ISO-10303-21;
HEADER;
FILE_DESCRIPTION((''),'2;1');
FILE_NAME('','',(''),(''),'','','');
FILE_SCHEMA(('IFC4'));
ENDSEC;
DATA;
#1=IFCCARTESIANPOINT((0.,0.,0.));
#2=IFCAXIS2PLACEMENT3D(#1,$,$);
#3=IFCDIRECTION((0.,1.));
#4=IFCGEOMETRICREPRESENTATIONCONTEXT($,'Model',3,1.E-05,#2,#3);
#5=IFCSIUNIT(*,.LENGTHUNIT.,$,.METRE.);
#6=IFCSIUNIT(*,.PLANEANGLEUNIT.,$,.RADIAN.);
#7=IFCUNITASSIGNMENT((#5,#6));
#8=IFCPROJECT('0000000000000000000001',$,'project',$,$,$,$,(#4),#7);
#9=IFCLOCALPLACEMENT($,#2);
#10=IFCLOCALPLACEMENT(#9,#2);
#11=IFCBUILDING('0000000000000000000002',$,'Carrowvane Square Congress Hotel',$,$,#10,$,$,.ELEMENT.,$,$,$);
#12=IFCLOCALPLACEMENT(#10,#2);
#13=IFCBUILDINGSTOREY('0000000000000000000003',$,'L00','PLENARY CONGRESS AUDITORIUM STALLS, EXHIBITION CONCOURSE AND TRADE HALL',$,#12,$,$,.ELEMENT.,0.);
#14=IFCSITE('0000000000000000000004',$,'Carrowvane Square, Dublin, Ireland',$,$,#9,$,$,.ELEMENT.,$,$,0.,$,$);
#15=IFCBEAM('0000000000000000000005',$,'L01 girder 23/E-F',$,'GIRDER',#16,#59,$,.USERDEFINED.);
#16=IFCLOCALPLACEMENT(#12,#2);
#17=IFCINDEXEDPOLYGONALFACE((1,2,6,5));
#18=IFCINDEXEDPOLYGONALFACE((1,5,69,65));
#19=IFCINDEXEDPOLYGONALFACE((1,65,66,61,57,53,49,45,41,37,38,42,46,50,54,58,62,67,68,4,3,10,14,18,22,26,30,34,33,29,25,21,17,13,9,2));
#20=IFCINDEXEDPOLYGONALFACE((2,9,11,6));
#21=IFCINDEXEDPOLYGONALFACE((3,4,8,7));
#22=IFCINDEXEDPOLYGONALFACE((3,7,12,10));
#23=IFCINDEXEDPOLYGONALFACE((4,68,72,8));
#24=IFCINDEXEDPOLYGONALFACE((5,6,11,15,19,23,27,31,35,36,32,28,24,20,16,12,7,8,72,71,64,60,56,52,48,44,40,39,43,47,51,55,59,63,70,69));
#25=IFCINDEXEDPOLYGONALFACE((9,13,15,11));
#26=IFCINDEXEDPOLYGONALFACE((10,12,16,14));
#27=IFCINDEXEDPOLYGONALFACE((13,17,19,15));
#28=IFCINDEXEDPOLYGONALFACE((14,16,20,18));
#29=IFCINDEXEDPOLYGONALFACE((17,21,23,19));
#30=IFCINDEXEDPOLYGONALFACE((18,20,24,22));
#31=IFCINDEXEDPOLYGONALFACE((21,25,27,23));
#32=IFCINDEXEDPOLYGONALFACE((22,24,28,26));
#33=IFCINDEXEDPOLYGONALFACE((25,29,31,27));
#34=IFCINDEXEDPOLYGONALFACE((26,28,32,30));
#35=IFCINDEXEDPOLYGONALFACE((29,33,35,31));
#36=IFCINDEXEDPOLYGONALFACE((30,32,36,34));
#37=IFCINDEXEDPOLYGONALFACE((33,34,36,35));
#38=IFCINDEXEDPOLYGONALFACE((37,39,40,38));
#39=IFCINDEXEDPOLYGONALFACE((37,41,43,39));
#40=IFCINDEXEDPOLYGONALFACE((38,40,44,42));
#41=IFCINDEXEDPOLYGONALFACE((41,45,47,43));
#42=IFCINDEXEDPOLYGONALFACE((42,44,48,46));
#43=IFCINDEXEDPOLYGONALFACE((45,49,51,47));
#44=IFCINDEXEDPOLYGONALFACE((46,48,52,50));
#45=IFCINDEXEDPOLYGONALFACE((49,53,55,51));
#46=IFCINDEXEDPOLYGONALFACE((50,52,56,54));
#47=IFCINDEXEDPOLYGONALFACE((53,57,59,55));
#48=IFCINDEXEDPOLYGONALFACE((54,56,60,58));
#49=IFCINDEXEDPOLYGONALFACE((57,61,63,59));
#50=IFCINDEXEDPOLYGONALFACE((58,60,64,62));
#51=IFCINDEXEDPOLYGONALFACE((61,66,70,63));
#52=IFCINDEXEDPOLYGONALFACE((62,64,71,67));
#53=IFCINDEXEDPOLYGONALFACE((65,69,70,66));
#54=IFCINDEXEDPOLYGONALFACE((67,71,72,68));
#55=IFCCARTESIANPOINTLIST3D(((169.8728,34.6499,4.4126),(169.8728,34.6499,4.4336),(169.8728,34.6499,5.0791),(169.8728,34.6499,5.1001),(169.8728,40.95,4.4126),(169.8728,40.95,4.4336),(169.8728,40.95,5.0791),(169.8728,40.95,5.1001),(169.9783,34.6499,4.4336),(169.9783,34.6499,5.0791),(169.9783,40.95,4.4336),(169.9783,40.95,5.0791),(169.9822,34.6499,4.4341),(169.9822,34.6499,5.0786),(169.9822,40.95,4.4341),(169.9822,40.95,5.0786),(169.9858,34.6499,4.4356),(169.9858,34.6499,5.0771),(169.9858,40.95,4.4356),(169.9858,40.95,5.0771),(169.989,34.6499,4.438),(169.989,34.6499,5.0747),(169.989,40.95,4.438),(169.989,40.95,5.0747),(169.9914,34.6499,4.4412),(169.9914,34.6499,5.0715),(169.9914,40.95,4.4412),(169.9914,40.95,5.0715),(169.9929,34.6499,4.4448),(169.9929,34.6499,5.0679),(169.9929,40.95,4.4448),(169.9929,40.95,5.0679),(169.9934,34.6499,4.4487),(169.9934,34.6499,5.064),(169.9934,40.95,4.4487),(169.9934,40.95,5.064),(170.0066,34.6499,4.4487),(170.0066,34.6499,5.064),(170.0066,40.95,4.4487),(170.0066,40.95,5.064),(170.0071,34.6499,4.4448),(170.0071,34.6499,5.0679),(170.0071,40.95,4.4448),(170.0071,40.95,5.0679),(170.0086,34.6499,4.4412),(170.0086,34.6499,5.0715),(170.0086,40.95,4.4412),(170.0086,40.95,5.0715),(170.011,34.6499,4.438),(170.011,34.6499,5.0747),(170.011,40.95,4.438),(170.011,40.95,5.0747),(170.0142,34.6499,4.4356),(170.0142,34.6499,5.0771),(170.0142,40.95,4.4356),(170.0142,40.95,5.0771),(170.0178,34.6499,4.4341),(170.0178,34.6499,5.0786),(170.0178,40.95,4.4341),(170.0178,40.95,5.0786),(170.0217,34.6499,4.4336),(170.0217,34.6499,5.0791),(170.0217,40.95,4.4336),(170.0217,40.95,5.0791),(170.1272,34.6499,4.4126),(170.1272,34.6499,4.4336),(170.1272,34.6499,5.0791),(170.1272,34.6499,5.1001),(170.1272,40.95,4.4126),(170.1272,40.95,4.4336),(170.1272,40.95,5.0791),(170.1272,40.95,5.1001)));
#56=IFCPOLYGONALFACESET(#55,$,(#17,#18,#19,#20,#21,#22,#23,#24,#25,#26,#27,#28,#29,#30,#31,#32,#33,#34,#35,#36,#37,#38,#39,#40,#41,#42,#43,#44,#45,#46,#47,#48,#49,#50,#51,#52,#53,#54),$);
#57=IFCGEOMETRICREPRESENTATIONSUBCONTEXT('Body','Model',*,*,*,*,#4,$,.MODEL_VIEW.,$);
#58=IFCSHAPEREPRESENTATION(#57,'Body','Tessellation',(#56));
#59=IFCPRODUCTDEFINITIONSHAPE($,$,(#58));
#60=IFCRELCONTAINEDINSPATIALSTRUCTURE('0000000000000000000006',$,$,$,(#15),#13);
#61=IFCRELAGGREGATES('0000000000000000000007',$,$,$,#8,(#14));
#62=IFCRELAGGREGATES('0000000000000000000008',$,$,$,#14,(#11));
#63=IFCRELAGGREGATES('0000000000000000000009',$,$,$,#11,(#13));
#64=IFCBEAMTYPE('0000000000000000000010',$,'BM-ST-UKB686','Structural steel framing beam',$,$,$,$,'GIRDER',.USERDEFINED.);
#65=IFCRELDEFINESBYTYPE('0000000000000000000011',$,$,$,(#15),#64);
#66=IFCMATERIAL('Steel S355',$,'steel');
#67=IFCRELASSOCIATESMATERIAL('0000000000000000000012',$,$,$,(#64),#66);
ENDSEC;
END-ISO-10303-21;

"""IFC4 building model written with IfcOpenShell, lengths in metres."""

from ifc_helpers import new_model, si_unit, direction, frame, origin, origin_2d, place, context, subcontext, project, spatial, i_section, extrude, material, material_profile, profile_set, type_object, element, save


model = new_model("IFC4")

# Units and contexts
model_context = context("Model", 3, precision=1e-05, world=origin(), true_north=direction((0.0, 1.0)))
body_context = subcontext(model_context, "Body", "Model", "MODEL_VIEW")
ifc_project = project(units=[si_unit("LENGTHUNIT", "METRE"), si_unit("PLANEANGLEUNIT", "RADIAN")], contexts=[model_context])

# Site, building, storey
site_placement = place(None, origin())
site = spatial("IfcSite", under=ifc_project, at=site_placement, Name="Carrowvane Square, Dublin, Ireland", CompositionType="ELEMENT", RefElevation=0.0)
building_placement = place(site_placement, origin())
building = spatial("IfcBuilding", under=site, at=building_placement, Name="Carrowvane Square Congress Hotel", CompositionType="ELEMENT")
storey_placement = place(building_placement, origin())
storey = spatial("IfcBuildingStorey", under=building, at=storey_placement, Name="L00", Description="PLENARY CONGRESS AUDITORIUM STALLS, EXHIBITION CONCOURSE AND TRADE HALL", CompositionType="ELEMENT", Elevation=0.0)

# Beam
ifc_material_1 = material(Name="Steel S355", Category="steel")
ifc_material_profile_1 = material_profile(ifc_material_1, i_section(OverallWidth=0.2544, OverallDepth=0.6875, WebThickness=0.0132, FlangeThickness=0.021, FilletRadius=0.0151, at=origin_2d()), Name="UKB 686x254x152")
ifc_profile_set_1 = profile_set([ifc_material_profile_1], Name="Steel S355")
beam_type_1 = type_object("IfcBeamType", Name="BM-ST-UKB686", Description="Structural steel framing beam", ElementType="GIRDER", PredefinedType="USERDEFINED", material=ifc_profile_set_1)
for number, where, z_axis, x_axis, name in (
    (1, (170.0, 34.6499, 4.7563), (0.0, 1.0, 0.0), (-1.0, 0.0, 0.0), "L01 girder 23/E-F"),
):
    element("IfcBeam", number, at=place(storey_placement, frame(where, z_axis=z_axis, x_axis=x_axis)), inside=storey, type_object=beam_type_1, Name=name, ObjectType="GIRDER", PredefinedType="USERDEFINED", context=body_context, shape_type="SweptSolid", body=[
        extrude(i_section(OverallWidth=0.2544, OverallDepth=0.6875, WebThickness=0.0132, FlangeThickness=0.021, FilletRadius=0.0151, at=origin_2d()), origin(), (0.0, 0.0, 1.0), 6.3),
    ])

save(model, "model.ifc")
